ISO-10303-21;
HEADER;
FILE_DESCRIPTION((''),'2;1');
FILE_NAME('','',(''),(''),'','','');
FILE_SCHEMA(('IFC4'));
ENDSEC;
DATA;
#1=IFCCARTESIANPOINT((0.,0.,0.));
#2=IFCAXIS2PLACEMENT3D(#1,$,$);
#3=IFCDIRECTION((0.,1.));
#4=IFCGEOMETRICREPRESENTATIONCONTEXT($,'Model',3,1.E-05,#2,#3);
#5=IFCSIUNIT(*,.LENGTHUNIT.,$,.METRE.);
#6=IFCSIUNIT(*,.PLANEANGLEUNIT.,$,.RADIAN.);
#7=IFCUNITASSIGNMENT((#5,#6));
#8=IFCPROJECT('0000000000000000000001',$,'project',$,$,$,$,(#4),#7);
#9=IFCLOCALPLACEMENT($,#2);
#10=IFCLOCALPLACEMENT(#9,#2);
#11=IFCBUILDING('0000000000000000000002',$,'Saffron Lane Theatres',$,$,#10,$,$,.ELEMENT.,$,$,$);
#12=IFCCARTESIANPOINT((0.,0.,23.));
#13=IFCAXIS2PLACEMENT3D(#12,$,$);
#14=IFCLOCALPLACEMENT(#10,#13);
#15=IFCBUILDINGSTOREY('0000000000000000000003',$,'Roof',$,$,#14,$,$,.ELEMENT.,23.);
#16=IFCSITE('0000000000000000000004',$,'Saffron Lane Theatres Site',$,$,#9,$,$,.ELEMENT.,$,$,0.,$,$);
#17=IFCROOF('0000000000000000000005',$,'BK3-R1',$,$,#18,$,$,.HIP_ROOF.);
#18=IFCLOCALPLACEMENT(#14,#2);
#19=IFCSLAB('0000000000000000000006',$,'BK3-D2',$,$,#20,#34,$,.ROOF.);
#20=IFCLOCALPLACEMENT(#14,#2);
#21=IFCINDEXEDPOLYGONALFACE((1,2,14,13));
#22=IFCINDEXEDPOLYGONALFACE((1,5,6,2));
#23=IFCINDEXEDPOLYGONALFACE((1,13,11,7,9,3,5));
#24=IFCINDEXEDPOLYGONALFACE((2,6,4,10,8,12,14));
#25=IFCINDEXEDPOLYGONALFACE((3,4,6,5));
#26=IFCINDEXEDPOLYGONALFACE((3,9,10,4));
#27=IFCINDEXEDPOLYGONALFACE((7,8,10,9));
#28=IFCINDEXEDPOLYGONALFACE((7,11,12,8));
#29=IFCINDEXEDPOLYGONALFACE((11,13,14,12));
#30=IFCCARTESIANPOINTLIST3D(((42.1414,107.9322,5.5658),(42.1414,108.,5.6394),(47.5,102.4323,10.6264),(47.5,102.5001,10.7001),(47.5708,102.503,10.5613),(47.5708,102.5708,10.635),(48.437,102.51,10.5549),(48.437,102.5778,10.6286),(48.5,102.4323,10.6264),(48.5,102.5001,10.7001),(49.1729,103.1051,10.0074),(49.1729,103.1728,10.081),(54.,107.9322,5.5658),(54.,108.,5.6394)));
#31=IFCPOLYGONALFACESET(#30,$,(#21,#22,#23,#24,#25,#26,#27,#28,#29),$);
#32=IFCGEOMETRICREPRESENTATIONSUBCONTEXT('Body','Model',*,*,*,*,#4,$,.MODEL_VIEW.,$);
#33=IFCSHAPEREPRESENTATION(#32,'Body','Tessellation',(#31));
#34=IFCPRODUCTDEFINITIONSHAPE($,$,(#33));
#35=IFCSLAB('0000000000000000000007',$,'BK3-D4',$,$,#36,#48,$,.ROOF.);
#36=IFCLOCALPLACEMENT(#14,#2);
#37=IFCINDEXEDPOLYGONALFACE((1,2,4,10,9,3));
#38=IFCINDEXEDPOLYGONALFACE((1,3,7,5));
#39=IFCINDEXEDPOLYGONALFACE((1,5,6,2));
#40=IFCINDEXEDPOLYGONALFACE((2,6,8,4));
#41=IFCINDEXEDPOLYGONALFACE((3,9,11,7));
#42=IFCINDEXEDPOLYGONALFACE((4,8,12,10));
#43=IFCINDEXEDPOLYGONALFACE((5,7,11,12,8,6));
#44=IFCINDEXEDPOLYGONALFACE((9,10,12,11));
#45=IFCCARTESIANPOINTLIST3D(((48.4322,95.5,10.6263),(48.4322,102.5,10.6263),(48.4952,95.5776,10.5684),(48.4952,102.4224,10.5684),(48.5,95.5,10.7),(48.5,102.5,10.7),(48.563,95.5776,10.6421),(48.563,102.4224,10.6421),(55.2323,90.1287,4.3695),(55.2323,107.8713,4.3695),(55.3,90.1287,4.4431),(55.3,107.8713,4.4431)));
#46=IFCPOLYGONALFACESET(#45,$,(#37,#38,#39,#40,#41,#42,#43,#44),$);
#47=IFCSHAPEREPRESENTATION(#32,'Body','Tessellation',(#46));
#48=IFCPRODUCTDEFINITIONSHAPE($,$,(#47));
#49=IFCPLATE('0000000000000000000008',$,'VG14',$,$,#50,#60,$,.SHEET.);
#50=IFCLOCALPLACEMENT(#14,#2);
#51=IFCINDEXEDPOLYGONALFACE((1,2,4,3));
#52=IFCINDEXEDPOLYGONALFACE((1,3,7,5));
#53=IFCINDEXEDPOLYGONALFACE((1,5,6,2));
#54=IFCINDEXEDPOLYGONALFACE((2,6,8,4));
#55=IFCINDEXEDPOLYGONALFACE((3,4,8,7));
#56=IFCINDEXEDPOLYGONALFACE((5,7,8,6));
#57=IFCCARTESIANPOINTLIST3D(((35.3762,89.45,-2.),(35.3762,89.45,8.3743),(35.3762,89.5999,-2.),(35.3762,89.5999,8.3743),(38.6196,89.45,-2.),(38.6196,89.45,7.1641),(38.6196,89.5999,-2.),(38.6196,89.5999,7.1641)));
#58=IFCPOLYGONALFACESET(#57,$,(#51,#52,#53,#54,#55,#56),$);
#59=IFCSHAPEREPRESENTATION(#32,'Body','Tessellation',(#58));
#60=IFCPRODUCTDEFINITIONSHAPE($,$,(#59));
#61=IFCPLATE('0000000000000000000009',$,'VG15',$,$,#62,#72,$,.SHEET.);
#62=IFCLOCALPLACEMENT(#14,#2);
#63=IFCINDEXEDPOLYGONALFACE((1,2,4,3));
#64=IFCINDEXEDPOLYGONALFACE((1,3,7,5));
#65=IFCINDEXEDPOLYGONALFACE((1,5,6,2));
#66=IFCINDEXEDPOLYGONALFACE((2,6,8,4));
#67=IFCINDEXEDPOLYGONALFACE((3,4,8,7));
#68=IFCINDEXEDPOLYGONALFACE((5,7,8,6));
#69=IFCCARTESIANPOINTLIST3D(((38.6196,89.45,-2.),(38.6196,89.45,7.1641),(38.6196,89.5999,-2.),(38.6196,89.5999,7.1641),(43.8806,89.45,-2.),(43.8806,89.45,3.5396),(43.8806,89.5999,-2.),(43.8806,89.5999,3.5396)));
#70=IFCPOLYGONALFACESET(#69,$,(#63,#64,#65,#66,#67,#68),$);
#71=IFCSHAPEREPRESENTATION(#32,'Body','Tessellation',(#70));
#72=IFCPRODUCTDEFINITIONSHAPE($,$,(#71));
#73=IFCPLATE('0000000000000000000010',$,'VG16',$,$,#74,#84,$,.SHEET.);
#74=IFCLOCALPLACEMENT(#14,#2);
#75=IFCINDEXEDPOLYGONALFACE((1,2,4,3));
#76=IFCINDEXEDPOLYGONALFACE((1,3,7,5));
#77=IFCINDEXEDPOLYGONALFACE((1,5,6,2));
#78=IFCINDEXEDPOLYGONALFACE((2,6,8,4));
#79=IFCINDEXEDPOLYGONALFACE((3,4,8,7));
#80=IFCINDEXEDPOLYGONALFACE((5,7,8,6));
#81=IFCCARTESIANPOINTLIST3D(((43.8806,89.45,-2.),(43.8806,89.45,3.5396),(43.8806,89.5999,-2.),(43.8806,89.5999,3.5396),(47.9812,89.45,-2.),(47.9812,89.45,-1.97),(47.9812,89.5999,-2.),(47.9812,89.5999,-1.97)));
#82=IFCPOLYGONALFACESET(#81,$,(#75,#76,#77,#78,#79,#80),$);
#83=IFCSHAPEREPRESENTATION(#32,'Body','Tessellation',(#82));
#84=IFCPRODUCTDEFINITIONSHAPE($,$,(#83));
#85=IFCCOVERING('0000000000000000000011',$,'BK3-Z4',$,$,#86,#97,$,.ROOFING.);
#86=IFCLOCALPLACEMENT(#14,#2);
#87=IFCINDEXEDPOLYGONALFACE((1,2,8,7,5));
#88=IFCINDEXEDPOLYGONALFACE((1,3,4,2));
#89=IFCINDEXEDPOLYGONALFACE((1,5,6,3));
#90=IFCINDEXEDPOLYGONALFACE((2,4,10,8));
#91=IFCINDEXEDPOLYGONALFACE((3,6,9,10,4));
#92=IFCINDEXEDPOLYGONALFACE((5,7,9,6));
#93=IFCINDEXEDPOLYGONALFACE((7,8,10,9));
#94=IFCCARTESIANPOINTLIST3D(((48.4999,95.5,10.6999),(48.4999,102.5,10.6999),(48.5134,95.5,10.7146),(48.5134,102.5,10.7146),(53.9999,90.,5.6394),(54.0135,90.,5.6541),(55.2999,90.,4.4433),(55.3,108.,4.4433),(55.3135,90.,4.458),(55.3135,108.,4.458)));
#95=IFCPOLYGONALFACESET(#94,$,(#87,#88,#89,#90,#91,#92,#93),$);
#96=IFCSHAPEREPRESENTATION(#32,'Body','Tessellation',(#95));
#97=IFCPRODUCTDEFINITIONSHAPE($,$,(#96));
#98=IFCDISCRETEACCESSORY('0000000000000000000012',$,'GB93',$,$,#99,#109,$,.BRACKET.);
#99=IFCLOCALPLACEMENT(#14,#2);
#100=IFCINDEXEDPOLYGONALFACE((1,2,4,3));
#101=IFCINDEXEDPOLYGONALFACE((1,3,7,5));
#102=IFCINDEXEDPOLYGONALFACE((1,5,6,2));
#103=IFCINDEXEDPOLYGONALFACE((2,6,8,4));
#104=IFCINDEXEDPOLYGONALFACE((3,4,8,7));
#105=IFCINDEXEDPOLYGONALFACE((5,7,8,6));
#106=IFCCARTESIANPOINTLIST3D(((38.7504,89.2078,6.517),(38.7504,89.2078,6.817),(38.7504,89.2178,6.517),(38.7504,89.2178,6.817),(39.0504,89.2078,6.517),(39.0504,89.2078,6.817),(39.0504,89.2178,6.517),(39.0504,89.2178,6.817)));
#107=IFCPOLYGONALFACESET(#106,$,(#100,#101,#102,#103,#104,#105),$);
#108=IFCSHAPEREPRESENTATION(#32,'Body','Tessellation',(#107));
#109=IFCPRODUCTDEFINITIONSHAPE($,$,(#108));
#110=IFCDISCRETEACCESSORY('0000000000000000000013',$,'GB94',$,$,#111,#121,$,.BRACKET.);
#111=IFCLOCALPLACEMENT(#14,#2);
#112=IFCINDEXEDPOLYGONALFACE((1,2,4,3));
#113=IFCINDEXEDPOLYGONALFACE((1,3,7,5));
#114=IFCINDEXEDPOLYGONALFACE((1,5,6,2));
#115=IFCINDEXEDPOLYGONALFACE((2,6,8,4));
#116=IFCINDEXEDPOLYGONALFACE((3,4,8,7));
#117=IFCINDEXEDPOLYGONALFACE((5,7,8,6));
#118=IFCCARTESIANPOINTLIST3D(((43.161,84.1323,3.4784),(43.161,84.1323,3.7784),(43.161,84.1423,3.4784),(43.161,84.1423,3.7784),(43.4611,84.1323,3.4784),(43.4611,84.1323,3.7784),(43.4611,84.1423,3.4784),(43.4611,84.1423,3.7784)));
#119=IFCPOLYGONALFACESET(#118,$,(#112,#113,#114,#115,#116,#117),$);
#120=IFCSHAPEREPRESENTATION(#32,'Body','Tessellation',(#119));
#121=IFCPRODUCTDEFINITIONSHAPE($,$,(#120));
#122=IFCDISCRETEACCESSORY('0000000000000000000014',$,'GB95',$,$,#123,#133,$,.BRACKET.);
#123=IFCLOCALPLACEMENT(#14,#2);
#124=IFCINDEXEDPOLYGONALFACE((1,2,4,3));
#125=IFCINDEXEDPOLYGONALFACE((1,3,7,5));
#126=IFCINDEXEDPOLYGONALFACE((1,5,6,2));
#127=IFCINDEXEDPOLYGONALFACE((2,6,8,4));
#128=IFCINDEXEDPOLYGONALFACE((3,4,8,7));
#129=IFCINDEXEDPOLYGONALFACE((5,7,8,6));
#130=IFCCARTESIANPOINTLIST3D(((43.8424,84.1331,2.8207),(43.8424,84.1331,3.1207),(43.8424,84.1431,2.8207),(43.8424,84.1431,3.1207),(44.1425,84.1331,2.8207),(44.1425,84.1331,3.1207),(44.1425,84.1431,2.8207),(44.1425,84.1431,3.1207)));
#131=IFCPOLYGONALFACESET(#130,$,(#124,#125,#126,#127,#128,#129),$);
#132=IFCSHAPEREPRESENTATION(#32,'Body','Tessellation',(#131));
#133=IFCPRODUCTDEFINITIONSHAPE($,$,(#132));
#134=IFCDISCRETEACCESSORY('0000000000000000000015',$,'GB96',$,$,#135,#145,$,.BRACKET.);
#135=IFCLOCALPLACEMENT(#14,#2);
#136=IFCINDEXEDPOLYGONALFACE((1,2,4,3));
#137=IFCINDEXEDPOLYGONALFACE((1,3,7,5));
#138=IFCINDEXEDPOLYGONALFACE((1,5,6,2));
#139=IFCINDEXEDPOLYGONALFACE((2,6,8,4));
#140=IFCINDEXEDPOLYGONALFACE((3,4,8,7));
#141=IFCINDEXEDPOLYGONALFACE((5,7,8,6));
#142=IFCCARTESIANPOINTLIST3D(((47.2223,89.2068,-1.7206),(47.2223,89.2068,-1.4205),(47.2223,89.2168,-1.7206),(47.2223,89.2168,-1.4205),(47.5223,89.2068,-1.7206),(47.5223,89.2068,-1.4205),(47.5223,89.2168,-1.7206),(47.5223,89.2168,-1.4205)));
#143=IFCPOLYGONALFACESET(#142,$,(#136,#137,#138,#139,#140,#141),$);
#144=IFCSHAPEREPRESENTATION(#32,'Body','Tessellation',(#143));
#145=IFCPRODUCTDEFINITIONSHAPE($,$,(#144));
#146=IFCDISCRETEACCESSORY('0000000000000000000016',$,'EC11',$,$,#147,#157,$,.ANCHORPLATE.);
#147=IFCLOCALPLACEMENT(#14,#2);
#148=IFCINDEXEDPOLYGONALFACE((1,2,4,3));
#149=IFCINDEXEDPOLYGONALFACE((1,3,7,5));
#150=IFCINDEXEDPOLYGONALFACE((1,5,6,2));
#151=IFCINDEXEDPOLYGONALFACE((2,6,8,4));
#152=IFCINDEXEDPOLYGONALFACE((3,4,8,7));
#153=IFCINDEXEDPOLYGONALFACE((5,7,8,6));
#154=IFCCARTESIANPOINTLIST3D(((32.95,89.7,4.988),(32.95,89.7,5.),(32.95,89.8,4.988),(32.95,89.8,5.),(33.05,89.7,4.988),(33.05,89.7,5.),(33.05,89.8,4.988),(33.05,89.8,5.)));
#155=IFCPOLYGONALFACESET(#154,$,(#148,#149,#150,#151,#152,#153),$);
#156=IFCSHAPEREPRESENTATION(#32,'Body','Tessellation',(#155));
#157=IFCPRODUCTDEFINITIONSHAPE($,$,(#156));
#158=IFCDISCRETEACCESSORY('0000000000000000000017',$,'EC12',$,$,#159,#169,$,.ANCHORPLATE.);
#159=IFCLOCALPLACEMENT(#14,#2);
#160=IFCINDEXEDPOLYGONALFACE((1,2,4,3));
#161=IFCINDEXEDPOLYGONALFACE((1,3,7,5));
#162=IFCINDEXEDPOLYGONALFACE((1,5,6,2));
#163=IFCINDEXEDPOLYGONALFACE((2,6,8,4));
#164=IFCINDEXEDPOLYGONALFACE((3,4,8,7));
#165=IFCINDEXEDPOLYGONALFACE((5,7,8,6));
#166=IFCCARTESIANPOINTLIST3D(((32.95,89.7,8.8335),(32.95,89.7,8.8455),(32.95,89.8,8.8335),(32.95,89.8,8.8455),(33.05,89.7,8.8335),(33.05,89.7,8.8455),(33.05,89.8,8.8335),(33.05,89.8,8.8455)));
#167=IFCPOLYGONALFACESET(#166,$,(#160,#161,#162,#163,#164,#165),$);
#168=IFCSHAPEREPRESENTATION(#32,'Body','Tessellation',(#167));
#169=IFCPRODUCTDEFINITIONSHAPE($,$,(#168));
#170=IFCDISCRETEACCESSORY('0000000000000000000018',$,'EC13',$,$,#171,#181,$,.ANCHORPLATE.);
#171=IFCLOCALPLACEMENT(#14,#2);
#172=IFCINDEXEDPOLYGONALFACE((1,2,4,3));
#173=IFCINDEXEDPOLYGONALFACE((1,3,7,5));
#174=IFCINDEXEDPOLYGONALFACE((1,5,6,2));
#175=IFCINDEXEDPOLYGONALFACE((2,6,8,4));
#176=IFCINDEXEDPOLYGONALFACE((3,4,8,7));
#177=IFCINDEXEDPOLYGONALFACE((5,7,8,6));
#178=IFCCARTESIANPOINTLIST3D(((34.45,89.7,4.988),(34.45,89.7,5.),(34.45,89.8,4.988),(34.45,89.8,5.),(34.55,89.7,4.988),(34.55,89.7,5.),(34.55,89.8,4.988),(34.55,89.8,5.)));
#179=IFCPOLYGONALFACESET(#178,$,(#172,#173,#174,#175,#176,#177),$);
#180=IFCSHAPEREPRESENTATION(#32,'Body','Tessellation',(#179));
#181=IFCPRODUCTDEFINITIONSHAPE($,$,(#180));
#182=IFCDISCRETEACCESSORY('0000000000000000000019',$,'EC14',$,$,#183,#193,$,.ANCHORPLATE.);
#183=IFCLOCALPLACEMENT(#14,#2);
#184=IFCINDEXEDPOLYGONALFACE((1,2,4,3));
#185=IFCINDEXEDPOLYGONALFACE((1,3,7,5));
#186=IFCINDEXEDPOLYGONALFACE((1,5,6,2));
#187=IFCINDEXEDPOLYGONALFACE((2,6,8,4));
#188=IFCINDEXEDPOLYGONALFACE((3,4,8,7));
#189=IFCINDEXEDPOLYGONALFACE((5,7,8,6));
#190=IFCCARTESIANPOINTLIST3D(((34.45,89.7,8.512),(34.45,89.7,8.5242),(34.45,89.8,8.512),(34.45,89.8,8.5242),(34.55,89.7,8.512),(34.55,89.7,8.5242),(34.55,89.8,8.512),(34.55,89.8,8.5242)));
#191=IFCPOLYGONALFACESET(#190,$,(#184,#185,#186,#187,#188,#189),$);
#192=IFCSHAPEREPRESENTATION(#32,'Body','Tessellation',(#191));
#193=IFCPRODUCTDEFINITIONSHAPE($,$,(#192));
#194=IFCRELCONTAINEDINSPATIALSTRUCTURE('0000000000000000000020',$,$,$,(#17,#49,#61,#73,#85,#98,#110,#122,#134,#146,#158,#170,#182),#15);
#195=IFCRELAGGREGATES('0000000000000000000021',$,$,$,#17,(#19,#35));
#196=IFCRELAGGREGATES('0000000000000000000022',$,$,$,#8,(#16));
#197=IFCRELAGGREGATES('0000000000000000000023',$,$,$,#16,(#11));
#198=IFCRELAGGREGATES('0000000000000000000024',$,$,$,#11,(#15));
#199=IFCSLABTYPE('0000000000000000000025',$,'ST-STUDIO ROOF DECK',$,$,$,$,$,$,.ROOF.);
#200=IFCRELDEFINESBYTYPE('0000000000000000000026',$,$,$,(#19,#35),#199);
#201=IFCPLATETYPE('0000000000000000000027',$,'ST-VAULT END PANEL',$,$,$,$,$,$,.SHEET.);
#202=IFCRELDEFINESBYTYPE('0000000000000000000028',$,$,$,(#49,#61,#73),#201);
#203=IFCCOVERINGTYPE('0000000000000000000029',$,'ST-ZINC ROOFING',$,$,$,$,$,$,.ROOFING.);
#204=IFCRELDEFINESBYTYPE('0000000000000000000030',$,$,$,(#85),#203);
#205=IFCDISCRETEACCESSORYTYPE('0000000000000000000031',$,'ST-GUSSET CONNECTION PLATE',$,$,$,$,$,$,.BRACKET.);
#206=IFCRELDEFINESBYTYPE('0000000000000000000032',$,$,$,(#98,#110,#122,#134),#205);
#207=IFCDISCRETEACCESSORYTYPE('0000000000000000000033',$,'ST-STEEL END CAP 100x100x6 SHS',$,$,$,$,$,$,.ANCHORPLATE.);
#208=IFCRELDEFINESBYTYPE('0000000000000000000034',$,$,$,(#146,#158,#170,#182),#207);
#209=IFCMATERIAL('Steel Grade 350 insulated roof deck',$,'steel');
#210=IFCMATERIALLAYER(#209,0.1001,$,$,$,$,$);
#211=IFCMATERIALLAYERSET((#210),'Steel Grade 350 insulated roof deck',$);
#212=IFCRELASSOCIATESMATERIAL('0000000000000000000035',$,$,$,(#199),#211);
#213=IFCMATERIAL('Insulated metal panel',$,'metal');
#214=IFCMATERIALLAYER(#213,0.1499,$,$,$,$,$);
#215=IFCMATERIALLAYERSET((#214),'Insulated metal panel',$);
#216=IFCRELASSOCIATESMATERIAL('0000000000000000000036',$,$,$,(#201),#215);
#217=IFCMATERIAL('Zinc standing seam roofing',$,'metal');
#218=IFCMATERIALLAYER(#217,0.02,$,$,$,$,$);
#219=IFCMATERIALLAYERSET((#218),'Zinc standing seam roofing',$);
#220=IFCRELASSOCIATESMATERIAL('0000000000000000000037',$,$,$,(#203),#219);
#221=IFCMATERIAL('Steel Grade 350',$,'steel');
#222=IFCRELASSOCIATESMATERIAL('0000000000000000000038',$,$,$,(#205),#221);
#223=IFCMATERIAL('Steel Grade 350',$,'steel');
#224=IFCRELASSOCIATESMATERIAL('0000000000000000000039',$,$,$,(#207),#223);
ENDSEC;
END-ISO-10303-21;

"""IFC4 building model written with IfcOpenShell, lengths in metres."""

from ifc_helpers import new_model, si_unit, direction, frame, origin, origin_2d, place, context, subcontext, project, spatial, polyline, rectangle, outline, extrude, material, layer, layer_set, material_profile, profile_set, type_object, element, aggregate, save


model = new_model("IFC4")

# Units and contexts
model_context = context("Model", 3, precision=1e-05, world=origin(), true_north=direction((0.0, 1.0)))
body_context = subcontext(model_context, "Body", "Model", "MODEL_VIEW")
ifc_project = project(units=[si_unit("LENGTHUNIT", "METRE"), si_unit("PLANEANGLEUNIT", "RADIAN")], contexts=[model_context])

# Site, building, storey
site_placement = place(None, origin())
site = spatial("IfcSite", under=ifc_project, at=site_placement, Name="Saffron Lane Theatres Site", CompositionType="ELEMENT", RefElevation=0.0)
building_placement = place(site_placement, origin())
building = spatial("IfcBuilding", under=site, at=building_placement, Name="Saffron Lane Theatres", CompositionType="ELEMENT")
storey_placement = place(building_placement, frame((0.0, 0.0, 23.0)))
storey = spatial("IfcBuildingStorey", under=building, at=storey_placement, Name="Roof", CompositionType="ELEMENT", Elevation=23.0)

# Roof, slabs
roof_placement = place(storey_placement, origin())
roof = element("IfcRoof", 1, at=roof_placement, inside=storey, Name="BK3-R1", PredefinedType="HIP_ROOF")
ifc_material_1 = material(Name="Steel Grade 350 insulated roof deck", Category="steel")
ifc_layer_1 = layer(ifc_material_1, 0.1001)
ifc_layer_set_1 = layer_set([ifc_layer_1], Name="Steel Grade 350 insulated roof deck")
slab_type = type_object("IfcSlabType", Name="ST-STUDIO ROOF DECK", PredefinedType="ROOF", material=ifc_layer_set_1)
slab_1_placement = place(storey_placement, frame((47.5708, 102.5708, 10.635), z_axis=(0.000001, 0.677108, 0.735884), x_axis=(-0.592714, 0.59269, -0.545351)))
slab_1 = element("IfcSlab", 2, at=slab_1_placement, type_object=slab_type, Name="BK3-D2", PredefinedType="ROOF", context=body_context, shape_type="SweptSolid", body=[
    extrude(outline(polyline([(0.0, 0.0), (9.1603, 0.0), (2.1315, -9.5511), (-0.2906, -1.7752), (-0.5058, -0.7033), (-0.6281, -0.6914), (-0.0354, 0.114), (0.0, 0.0)])), origin(), (0.0, 0.0, -1.0), 0.1001),
])
slab_2_placement = place(storey_placement, frame((55.3, 90.1287, 4.4431), z_axis=(0.677105, 0.0, 0.735886), x_axis=(-0.632356, 0.511451, 0.581845)))
slab_2 = element("IfcSlab", 3, at=slab_2_placement, type_object=slab_type, Name="BK3-D4", PredefinedType="ROOF", context=body_context, shape_type="SweptSolid", body=[
    extrude(outline(polyline([(0.0, 0.0), (10.6539, 0.0), (10.6877, 0.1105), (14.2679, -5.9047), (14.1547, -5.8818), (9.0745, -15.2465), (0.0, 0.0)])), origin(), (0.0, 0.0, -1.0), 0.1001),
])
aggregate(roof, [slab_1, slab_2])

# Plates
ifc_material_2 = material(Name="Insulated metal panel", Category="metal")
ifc_layer_2 = layer(ifc_material_2, 0.1499)
ifc_layer_set_2 = layer_set([ifc_layer_2], Name="Insulated metal panel")
plate_type = type_object("IfcPlateType", Name="ST-VAULT END PANEL", PredefinedType="SHEET", material=ifc_layer_set_2)
plate_1_placement = place(storey_placement, frame((35.3762, 89.45, -2.0), z_axis=(0.0, -1.0, 0.0), x_axis=(1.0, 0.0, 0.0)))
element("IfcPlate", 4, at=plate_1_placement, inside=storey, type_object=plate_type, Name="VG14", PredefinedType="SHEET", context=body_context, shape_type="SweptSolid", body=[
    extrude(outline(polyline([(0.0, 0.0), (3.2434, 0.0), (3.2434, 9.1641), (0.0, 10.3743), (0.0, 0.0)])), origin(), (0.0, 0.0, -1.0), 0.1499),
])
plate_2_placement = place(storey_placement, frame((38.6196, 89.45, -2.0), z_axis=(0.0, -1.0, 0.0), x_axis=(1.0, 0.0, 0.0)))
element("IfcPlate", 5, at=plate_2_placement, inside=storey, type_object=plate_type, Name="VG15", PredefinedType="SHEET", context=body_context, shape_type="SweptSolid", body=[
    extrude(outline(polyline([(0.0, 0.0), (5.261, 0.0), (5.261, 5.5396), (0.0, 9.1641), (0.0, 0.0)])), origin(), (0.0, 0.0, -1.0), 0.1499),
])
plate_3_placement = place(storey_placement, frame((43.8806, 89.45, -2.0), z_axis=(0.0, -1.0, 0.0), x_axis=(1.0, 0.0, 0.0)))
element("IfcPlate", 6, at=plate_3_placement, inside=storey, type_object=plate_type, Name="VG16", PredefinedType="SHEET", context=body_context, shape_type="SweptSolid", body=[
    extrude(outline(polyline([(0.0, 0.0), (4.1006, 0.0), (4.1006, 0.03), (0.0, 5.5396), (0.0, 0.0)])), origin(), (0.0, 0.0, -1.0), 0.1499),
])

# Covering
ifc_material_3 = material(Name="Zinc standing seam roofing", Category="metal")
ifc_layer_3 = layer(ifc_material_3, 0.02)
ifc_layer_set_3 = layer_set([ifc_layer_3], Name="Zinc standing seam roofing")
covering_type = type_object("IfcCoveringType", Name="ST-ZINC ROOFING", PredefinedType="ROOFING", material=ifc_layer_set_3)
covering_placement = place(storey_placement, frame((55.3135, 90.0, 4.458), z_axis=(0.677087, -0.000003, 0.735903), x_axis=(0.000002, 1.0, 0.000002)))
element("IfcCovering", 7, at=covering_placement, inside=storey, type_object=covering_type, Name="BK3-Z4", PredefinedType="ROOFING", context=body_context, shape_type="SweptSolid", body=[
    extrude(outline(polyline([(0.0, 0.0), (18.0, 0.0), (12.5, 9.2404), (5.5, 9.2404), (0.0, 1.7665), (0.0, 0.0)])), origin(), (0.0, 0.0, -1.0), 0.02),
])

# Discrete accessories
ifc_material_4 = material(Name="Steel Grade 350", Category="steel")
ifc_material_profile_1 = material_profile(ifc_material_4, rectangle(XDim=0.3, YDim=0.3, at=origin_2d()))
ifc_profile_set_1 = profile_set([ifc_material_profile_1], Name="Steel Grade 350")
discrete_accessory_type_1 = type_object("IfcDiscreteAccessoryType", Name="ST-GUSSET CONNECTION PLATE", PredefinedType="BRACKET", material=ifc_profile_set_1)
for number, where, z_axis, x_axis, name in (
    (8, (38.9004, 89.2178, 6.667), (0.0, -1.0, 0.0), (1.0, 0.0, 0.0), "GB93"),
    (9, (43.311, 84.1323, 3.6284), (0.0, 1.0, 0.0), (-1.0, 0.0, 0.0), "GB94"),
    (10, (43.9924, 84.1331, 2.9707), (0.0, 1.0, 0.0), (-1.0, 0.0, 0.0), "GB95"),
    (11, (47.3723, 89.2168, -1.5706), (0.0, -1.0, 0.0), (1.0, 0.0, 0.0), "GB96"),
):
    element("IfcDiscreteAccessory", number, at=place(storey_placement, frame(where, z_axis=z_axis, x_axis=x_axis)), inside=storey, type_object=discrete_accessory_type_1, Name=name, PredefinedType="BRACKET", context=body_context, shape_type="SweptSolid", body=[
        extrude(rectangle(XDim=0.3, YDim=0.3, at=origin_2d()), origin(), (0.0, 0.0, 1.0), 0.01),
    ])
ifc_material_5 = material(Name="Steel Grade 350", Category="steel")
ifc_material_profile_2 = material_profile(ifc_material_5, rectangle(XDim=0.1001, YDim=0.1001, at=origin_2d()))
ifc_profile_set_2 = profile_set([ifc_material_profile_2], Name="Steel Grade 350")
discrete_accessory_type_2 = type_object("IfcDiscreteAccessoryType", Name="ST-STEEL END CAP 100x100x6 SHS", PredefinedType="ANCHORPLATE", material=ifc_profile_set_2)
for number, where, z_axis, x_axis, name in (
    (12, (33.0, 89.75, 4.988), (0.0, 0.0, 1.0), (1.0, 0.0, 0.0), "EC11"),
    (13, (33.0, 89.75, 8.8335), (0.0, 0.0, 1.0), (1.0, 0.0, 0.0), "EC12"),
    (14, (34.5, 89.75, 4.988), (0.0, 0.0, 1.0), (1.0, 0.0, 0.0), "EC13"),
):
    element("IfcDiscreteAccessory", number, at=place(storey_placement, frame(where, z_axis=z_axis, x_axis=x_axis)), inside=storey, type_object=discrete_accessory_type_2, Name=name, PredefinedType="ANCHORPLATE", context=body_context, shape_type="SweptSolid", body=[
        extrude(rectangle(XDim=0.1001, YDim=0.1001, at=origin_2d()), origin(), (0.0, 0.0, 1.0), 0.012),
    ])
discrete_accessory_1_placement = place(storey_placement, frame((34.5, 89.75, 8.512), z_axis=(0.0, 0.0, 1.0), x_axis=(1.0, 0.0, 0.0)))
element("IfcDiscreteAccessory", 15, at=discrete_accessory_1_placement, inside=storey, type_object=discrete_accessory_type_2, Name="EC14", PredefinedType="ANCHORPLATE", context=body_context, shape_type="SweptSolid", body=[
    extrude(rectangle(XDim=0.1001, YDim=0.1001, at=origin_2d()), origin(), (0.0, 0.0, 1.0), 0.0122),
])

save(model, "model.ifc")
